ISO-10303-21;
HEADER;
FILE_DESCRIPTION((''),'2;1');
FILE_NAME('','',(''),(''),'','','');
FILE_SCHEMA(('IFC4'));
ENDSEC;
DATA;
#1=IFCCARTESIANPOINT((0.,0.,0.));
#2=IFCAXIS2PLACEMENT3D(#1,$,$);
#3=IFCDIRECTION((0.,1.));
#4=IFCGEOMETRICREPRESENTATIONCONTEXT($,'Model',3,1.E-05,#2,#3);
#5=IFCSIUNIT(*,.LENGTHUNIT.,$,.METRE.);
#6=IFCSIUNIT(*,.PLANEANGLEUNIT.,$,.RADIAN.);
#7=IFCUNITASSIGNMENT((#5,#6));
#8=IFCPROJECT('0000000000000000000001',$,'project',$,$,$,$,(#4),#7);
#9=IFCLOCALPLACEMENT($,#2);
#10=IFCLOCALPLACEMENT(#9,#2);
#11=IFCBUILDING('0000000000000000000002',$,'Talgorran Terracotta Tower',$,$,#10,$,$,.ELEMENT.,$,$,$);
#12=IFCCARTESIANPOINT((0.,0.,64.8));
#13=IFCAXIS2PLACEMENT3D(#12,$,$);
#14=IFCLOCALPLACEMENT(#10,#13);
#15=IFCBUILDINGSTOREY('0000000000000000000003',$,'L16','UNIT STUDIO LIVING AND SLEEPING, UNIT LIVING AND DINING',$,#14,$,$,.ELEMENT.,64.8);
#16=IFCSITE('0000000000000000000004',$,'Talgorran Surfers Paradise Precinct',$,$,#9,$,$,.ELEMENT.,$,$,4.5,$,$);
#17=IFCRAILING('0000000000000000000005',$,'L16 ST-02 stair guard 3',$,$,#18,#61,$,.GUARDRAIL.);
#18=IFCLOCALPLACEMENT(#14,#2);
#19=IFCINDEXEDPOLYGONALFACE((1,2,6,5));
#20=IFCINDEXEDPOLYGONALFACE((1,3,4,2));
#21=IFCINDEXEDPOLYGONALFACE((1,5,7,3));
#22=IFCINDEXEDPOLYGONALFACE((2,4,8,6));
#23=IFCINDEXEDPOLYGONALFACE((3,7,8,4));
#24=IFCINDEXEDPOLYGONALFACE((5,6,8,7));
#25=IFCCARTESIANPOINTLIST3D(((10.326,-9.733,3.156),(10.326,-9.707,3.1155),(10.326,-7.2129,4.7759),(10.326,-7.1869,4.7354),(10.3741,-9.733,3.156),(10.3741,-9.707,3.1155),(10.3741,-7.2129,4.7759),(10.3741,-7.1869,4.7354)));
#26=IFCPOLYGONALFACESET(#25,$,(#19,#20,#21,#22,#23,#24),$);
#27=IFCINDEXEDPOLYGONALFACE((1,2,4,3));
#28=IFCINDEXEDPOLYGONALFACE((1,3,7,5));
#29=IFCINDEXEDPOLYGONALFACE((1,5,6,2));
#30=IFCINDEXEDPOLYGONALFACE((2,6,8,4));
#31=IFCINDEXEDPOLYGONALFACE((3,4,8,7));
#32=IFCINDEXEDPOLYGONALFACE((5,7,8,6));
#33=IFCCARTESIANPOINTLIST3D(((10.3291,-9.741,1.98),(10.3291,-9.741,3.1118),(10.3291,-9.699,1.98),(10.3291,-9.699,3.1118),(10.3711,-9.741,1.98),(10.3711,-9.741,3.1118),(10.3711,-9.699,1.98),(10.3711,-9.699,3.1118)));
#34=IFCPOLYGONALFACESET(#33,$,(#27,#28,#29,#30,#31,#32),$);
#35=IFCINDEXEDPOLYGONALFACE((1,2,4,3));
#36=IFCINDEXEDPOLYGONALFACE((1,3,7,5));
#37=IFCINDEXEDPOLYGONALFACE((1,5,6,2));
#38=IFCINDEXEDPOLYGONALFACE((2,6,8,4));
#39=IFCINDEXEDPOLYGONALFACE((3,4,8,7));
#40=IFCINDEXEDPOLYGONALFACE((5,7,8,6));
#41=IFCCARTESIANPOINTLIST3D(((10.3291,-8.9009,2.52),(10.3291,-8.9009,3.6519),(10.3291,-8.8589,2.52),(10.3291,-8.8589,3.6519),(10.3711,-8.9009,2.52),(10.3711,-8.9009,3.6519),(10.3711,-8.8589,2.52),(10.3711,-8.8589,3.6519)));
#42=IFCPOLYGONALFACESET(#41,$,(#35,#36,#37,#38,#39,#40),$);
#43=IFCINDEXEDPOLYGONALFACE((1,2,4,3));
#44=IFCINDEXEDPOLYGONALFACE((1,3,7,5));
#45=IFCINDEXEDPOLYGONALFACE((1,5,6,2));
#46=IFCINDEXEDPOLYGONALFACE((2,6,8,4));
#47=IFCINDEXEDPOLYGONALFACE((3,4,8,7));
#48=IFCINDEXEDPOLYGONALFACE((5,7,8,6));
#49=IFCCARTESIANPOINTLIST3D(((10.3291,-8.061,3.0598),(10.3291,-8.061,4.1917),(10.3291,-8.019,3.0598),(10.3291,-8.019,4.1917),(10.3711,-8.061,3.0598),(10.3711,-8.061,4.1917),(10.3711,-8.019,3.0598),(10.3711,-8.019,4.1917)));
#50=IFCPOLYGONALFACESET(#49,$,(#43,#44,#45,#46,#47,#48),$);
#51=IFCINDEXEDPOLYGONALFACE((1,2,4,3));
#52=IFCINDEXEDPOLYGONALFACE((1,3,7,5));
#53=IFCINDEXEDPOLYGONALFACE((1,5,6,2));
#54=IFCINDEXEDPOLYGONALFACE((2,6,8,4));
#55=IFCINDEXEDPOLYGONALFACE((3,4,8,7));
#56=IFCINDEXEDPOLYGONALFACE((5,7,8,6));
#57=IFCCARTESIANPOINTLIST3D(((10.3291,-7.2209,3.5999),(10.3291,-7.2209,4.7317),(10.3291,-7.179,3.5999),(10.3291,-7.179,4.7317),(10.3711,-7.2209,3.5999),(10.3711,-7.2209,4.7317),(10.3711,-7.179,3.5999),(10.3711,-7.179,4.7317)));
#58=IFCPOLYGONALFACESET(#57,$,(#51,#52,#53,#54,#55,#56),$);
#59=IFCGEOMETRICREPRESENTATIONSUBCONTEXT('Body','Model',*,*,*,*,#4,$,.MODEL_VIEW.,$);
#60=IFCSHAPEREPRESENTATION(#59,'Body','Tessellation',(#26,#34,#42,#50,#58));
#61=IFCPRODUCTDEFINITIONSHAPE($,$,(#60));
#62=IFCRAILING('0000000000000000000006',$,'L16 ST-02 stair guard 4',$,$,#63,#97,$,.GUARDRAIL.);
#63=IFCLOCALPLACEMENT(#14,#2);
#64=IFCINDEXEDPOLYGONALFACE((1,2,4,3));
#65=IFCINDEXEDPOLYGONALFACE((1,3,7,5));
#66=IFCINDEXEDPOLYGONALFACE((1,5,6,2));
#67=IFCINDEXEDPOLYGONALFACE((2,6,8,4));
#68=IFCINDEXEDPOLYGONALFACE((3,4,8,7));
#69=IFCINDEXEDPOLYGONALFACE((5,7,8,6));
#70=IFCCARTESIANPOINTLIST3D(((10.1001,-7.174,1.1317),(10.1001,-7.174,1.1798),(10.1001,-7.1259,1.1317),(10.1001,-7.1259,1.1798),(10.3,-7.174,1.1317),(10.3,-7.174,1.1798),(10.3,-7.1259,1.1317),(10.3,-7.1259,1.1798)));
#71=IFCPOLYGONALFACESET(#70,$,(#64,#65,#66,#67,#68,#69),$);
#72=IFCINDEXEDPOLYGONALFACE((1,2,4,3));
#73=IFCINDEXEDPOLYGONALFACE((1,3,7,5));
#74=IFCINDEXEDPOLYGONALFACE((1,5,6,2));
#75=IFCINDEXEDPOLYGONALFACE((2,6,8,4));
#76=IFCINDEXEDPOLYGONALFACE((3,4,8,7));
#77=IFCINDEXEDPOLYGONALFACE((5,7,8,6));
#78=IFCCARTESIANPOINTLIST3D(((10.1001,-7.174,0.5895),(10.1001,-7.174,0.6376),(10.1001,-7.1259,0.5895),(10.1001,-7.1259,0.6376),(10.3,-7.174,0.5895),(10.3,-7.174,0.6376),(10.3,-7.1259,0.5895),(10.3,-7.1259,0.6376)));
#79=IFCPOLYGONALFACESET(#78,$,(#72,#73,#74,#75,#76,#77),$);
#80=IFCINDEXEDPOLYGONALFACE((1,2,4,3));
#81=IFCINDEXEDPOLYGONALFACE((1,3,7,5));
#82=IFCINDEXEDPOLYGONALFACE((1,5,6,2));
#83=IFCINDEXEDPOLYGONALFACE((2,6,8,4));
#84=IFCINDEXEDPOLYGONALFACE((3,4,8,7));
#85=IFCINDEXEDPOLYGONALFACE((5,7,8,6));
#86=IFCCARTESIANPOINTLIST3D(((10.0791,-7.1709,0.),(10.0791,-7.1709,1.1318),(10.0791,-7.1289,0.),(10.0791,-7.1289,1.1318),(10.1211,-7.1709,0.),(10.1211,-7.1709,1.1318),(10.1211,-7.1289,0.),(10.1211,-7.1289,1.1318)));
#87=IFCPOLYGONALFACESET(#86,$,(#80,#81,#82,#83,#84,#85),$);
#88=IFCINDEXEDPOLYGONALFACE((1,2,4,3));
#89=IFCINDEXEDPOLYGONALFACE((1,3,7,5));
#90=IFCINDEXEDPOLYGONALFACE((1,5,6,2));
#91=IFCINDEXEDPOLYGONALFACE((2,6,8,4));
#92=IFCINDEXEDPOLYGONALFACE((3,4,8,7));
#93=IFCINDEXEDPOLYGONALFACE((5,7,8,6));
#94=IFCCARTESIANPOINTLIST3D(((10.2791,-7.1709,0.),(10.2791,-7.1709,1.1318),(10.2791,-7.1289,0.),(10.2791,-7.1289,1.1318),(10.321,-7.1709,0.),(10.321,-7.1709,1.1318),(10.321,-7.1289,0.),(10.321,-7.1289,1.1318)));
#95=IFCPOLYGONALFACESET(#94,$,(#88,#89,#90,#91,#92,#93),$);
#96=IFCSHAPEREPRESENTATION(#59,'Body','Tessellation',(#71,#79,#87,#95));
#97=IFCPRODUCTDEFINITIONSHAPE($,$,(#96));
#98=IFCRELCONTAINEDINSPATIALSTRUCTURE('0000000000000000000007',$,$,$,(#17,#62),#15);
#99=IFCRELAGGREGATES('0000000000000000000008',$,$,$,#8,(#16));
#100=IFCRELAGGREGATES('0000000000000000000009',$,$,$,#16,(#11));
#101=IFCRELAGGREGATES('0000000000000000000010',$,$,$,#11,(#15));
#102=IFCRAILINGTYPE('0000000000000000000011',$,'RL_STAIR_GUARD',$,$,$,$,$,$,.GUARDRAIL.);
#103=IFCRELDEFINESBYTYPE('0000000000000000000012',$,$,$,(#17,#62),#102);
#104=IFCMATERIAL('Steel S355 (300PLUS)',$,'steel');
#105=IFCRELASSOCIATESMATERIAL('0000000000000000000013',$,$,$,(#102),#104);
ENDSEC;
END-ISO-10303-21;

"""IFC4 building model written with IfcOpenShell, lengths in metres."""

from ifc_helpers import new_model, si_unit, direction, frame, origin, origin_2d, place, context, subcontext, project, spatial, rectangle, extrude, material, type_object, element, save


model = new_model("IFC4")

# Units and contexts
model_context = context("Model", 3, precision=1e-05, world=origin(), true_north=direction((0.0, 1.0)))
body_context = subcontext(model_context, "Body", "Model", "MODEL_VIEW")
ifc_project = project(units=[si_unit("LENGTHUNIT", "METRE"), si_unit("PLANEANGLEUNIT", "RADIAN")], contexts=[model_context])

# Site, building, storey
site_placement = place(None, origin())
site = spatial("IfcSite", under=ifc_project, at=site_placement, Name="Talgorran Surfers Paradise Precinct", CompositionType="ELEMENT", RefElevation=4.5)
building_placement = place(site_placement, origin())
building = spatial("IfcBuilding", under=site, at=building_placement, Name="Talgorran Terracotta Tower", CompositionType="ELEMENT")
storey_placement = place(building_placement, frame((0.0, 0.0, 64.8)))
storey = spatial("IfcBuildingStorey", under=building, at=storey_placement, Name="L16", Description="UNIT STUDIO LIVING AND SLEEPING, UNIT LIVING AND DINING", CompositionType="ELEMENT", Elevation=64.8)

# Shared definitions
ifc_material_1 = material(Name="Steel S355 (300PLUS)", Category="steel")

# Railings
railing_type_1 = type_object("IfcRailingType", Name="RL_STAIR_GUARD", PredefinedType="GUARDRAIL", material=ifc_material_1)
railing_1_placement = place(storey_placement, frame((10.3501, -9.72, 1.98)))
element("IfcRailing", 1, at=railing_1_placement, inside=storey, type_object=railing_type_1, Name="L16 ST-02 stair guard 3", PredefinedType="GUARDRAIL", context=body_context, shape_type="SweptSolid", body=[
    extrude(rectangle(XDim=0.0481, YDim=0.0481, at=origin_2d()), frame((0.0, 0.0, 1.1558), z_axis=(0.0, 0.8412, 0.540725), x_axis=(-1.0, 0.0, 0.0)), (0.0, 0.0, 1.0), 2.9958),
    extrude(rectangle(XDim=0.042, YDim=0.042, at=origin_2d()), origin(), (0.0, 0.0, 1.0), 1.1318),
    extrude(rectangle(XDim=0.042, YDim=0.042, at=origin_2d()), frame((0.0, 0.8401, 0.54)), (0.0, 0.0, 1.0), 1.1318),
    extrude(rectangle(XDim=0.042, YDim=0.042, at=origin_2d()), frame((0.0, 1.6799, 1.0798)), (0.0, 0.0, 1.0), 1.1318),
    extrude(rectangle(XDim=0.042, YDim=0.042, at=origin_2d()), frame((0.0, 2.52, 1.6199)), (0.0, 0.0, 1.0), 1.1318),
])
railing_2_placement = place(storey_placement, frame((10.1001, -7.1499, 0.0)))
element("IfcRailing", 2, at=railing_2_placement, inside=storey, type_object=railing_type_1, Name="L16 ST-02 stair guard 4", PredefinedType="GUARDRAIL", context=body_context, shape_type="SweptSolid", body=[
    extrude(rectangle(XDim=0.0481, YDim=0.0481, at=origin_2d()), frame((0.0, 0.0, 1.1558), z_axis=(1.0, 0.0, 0.0), x_axis=(0.0, 1.0, 0.0)), (0.0, 0.0, 1.0), 0.2),
    extrude(rectangle(XDim=0.0481, YDim=0.0481, at=origin_2d()), frame((0.0, 0.0, 0.6135), z_axis=(1.0, 0.0, 0.0), x_axis=(0.0, 1.0, 0.0)), (0.0, 0.0, 1.0), 0.2),
    extrude(rectangle(XDim=0.042, YDim=0.042, at=origin_2d()), origin(), (0.0, 0.0, 1.0), 1.1318),
    extrude(rectangle(XDim=0.042, YDim=0.042, at=origin_2d()), frame((0.2, 0.0, 0.0)), (0.0, 0.0, 1.0), 1.1318),
])

save(model, "model.ifc")
